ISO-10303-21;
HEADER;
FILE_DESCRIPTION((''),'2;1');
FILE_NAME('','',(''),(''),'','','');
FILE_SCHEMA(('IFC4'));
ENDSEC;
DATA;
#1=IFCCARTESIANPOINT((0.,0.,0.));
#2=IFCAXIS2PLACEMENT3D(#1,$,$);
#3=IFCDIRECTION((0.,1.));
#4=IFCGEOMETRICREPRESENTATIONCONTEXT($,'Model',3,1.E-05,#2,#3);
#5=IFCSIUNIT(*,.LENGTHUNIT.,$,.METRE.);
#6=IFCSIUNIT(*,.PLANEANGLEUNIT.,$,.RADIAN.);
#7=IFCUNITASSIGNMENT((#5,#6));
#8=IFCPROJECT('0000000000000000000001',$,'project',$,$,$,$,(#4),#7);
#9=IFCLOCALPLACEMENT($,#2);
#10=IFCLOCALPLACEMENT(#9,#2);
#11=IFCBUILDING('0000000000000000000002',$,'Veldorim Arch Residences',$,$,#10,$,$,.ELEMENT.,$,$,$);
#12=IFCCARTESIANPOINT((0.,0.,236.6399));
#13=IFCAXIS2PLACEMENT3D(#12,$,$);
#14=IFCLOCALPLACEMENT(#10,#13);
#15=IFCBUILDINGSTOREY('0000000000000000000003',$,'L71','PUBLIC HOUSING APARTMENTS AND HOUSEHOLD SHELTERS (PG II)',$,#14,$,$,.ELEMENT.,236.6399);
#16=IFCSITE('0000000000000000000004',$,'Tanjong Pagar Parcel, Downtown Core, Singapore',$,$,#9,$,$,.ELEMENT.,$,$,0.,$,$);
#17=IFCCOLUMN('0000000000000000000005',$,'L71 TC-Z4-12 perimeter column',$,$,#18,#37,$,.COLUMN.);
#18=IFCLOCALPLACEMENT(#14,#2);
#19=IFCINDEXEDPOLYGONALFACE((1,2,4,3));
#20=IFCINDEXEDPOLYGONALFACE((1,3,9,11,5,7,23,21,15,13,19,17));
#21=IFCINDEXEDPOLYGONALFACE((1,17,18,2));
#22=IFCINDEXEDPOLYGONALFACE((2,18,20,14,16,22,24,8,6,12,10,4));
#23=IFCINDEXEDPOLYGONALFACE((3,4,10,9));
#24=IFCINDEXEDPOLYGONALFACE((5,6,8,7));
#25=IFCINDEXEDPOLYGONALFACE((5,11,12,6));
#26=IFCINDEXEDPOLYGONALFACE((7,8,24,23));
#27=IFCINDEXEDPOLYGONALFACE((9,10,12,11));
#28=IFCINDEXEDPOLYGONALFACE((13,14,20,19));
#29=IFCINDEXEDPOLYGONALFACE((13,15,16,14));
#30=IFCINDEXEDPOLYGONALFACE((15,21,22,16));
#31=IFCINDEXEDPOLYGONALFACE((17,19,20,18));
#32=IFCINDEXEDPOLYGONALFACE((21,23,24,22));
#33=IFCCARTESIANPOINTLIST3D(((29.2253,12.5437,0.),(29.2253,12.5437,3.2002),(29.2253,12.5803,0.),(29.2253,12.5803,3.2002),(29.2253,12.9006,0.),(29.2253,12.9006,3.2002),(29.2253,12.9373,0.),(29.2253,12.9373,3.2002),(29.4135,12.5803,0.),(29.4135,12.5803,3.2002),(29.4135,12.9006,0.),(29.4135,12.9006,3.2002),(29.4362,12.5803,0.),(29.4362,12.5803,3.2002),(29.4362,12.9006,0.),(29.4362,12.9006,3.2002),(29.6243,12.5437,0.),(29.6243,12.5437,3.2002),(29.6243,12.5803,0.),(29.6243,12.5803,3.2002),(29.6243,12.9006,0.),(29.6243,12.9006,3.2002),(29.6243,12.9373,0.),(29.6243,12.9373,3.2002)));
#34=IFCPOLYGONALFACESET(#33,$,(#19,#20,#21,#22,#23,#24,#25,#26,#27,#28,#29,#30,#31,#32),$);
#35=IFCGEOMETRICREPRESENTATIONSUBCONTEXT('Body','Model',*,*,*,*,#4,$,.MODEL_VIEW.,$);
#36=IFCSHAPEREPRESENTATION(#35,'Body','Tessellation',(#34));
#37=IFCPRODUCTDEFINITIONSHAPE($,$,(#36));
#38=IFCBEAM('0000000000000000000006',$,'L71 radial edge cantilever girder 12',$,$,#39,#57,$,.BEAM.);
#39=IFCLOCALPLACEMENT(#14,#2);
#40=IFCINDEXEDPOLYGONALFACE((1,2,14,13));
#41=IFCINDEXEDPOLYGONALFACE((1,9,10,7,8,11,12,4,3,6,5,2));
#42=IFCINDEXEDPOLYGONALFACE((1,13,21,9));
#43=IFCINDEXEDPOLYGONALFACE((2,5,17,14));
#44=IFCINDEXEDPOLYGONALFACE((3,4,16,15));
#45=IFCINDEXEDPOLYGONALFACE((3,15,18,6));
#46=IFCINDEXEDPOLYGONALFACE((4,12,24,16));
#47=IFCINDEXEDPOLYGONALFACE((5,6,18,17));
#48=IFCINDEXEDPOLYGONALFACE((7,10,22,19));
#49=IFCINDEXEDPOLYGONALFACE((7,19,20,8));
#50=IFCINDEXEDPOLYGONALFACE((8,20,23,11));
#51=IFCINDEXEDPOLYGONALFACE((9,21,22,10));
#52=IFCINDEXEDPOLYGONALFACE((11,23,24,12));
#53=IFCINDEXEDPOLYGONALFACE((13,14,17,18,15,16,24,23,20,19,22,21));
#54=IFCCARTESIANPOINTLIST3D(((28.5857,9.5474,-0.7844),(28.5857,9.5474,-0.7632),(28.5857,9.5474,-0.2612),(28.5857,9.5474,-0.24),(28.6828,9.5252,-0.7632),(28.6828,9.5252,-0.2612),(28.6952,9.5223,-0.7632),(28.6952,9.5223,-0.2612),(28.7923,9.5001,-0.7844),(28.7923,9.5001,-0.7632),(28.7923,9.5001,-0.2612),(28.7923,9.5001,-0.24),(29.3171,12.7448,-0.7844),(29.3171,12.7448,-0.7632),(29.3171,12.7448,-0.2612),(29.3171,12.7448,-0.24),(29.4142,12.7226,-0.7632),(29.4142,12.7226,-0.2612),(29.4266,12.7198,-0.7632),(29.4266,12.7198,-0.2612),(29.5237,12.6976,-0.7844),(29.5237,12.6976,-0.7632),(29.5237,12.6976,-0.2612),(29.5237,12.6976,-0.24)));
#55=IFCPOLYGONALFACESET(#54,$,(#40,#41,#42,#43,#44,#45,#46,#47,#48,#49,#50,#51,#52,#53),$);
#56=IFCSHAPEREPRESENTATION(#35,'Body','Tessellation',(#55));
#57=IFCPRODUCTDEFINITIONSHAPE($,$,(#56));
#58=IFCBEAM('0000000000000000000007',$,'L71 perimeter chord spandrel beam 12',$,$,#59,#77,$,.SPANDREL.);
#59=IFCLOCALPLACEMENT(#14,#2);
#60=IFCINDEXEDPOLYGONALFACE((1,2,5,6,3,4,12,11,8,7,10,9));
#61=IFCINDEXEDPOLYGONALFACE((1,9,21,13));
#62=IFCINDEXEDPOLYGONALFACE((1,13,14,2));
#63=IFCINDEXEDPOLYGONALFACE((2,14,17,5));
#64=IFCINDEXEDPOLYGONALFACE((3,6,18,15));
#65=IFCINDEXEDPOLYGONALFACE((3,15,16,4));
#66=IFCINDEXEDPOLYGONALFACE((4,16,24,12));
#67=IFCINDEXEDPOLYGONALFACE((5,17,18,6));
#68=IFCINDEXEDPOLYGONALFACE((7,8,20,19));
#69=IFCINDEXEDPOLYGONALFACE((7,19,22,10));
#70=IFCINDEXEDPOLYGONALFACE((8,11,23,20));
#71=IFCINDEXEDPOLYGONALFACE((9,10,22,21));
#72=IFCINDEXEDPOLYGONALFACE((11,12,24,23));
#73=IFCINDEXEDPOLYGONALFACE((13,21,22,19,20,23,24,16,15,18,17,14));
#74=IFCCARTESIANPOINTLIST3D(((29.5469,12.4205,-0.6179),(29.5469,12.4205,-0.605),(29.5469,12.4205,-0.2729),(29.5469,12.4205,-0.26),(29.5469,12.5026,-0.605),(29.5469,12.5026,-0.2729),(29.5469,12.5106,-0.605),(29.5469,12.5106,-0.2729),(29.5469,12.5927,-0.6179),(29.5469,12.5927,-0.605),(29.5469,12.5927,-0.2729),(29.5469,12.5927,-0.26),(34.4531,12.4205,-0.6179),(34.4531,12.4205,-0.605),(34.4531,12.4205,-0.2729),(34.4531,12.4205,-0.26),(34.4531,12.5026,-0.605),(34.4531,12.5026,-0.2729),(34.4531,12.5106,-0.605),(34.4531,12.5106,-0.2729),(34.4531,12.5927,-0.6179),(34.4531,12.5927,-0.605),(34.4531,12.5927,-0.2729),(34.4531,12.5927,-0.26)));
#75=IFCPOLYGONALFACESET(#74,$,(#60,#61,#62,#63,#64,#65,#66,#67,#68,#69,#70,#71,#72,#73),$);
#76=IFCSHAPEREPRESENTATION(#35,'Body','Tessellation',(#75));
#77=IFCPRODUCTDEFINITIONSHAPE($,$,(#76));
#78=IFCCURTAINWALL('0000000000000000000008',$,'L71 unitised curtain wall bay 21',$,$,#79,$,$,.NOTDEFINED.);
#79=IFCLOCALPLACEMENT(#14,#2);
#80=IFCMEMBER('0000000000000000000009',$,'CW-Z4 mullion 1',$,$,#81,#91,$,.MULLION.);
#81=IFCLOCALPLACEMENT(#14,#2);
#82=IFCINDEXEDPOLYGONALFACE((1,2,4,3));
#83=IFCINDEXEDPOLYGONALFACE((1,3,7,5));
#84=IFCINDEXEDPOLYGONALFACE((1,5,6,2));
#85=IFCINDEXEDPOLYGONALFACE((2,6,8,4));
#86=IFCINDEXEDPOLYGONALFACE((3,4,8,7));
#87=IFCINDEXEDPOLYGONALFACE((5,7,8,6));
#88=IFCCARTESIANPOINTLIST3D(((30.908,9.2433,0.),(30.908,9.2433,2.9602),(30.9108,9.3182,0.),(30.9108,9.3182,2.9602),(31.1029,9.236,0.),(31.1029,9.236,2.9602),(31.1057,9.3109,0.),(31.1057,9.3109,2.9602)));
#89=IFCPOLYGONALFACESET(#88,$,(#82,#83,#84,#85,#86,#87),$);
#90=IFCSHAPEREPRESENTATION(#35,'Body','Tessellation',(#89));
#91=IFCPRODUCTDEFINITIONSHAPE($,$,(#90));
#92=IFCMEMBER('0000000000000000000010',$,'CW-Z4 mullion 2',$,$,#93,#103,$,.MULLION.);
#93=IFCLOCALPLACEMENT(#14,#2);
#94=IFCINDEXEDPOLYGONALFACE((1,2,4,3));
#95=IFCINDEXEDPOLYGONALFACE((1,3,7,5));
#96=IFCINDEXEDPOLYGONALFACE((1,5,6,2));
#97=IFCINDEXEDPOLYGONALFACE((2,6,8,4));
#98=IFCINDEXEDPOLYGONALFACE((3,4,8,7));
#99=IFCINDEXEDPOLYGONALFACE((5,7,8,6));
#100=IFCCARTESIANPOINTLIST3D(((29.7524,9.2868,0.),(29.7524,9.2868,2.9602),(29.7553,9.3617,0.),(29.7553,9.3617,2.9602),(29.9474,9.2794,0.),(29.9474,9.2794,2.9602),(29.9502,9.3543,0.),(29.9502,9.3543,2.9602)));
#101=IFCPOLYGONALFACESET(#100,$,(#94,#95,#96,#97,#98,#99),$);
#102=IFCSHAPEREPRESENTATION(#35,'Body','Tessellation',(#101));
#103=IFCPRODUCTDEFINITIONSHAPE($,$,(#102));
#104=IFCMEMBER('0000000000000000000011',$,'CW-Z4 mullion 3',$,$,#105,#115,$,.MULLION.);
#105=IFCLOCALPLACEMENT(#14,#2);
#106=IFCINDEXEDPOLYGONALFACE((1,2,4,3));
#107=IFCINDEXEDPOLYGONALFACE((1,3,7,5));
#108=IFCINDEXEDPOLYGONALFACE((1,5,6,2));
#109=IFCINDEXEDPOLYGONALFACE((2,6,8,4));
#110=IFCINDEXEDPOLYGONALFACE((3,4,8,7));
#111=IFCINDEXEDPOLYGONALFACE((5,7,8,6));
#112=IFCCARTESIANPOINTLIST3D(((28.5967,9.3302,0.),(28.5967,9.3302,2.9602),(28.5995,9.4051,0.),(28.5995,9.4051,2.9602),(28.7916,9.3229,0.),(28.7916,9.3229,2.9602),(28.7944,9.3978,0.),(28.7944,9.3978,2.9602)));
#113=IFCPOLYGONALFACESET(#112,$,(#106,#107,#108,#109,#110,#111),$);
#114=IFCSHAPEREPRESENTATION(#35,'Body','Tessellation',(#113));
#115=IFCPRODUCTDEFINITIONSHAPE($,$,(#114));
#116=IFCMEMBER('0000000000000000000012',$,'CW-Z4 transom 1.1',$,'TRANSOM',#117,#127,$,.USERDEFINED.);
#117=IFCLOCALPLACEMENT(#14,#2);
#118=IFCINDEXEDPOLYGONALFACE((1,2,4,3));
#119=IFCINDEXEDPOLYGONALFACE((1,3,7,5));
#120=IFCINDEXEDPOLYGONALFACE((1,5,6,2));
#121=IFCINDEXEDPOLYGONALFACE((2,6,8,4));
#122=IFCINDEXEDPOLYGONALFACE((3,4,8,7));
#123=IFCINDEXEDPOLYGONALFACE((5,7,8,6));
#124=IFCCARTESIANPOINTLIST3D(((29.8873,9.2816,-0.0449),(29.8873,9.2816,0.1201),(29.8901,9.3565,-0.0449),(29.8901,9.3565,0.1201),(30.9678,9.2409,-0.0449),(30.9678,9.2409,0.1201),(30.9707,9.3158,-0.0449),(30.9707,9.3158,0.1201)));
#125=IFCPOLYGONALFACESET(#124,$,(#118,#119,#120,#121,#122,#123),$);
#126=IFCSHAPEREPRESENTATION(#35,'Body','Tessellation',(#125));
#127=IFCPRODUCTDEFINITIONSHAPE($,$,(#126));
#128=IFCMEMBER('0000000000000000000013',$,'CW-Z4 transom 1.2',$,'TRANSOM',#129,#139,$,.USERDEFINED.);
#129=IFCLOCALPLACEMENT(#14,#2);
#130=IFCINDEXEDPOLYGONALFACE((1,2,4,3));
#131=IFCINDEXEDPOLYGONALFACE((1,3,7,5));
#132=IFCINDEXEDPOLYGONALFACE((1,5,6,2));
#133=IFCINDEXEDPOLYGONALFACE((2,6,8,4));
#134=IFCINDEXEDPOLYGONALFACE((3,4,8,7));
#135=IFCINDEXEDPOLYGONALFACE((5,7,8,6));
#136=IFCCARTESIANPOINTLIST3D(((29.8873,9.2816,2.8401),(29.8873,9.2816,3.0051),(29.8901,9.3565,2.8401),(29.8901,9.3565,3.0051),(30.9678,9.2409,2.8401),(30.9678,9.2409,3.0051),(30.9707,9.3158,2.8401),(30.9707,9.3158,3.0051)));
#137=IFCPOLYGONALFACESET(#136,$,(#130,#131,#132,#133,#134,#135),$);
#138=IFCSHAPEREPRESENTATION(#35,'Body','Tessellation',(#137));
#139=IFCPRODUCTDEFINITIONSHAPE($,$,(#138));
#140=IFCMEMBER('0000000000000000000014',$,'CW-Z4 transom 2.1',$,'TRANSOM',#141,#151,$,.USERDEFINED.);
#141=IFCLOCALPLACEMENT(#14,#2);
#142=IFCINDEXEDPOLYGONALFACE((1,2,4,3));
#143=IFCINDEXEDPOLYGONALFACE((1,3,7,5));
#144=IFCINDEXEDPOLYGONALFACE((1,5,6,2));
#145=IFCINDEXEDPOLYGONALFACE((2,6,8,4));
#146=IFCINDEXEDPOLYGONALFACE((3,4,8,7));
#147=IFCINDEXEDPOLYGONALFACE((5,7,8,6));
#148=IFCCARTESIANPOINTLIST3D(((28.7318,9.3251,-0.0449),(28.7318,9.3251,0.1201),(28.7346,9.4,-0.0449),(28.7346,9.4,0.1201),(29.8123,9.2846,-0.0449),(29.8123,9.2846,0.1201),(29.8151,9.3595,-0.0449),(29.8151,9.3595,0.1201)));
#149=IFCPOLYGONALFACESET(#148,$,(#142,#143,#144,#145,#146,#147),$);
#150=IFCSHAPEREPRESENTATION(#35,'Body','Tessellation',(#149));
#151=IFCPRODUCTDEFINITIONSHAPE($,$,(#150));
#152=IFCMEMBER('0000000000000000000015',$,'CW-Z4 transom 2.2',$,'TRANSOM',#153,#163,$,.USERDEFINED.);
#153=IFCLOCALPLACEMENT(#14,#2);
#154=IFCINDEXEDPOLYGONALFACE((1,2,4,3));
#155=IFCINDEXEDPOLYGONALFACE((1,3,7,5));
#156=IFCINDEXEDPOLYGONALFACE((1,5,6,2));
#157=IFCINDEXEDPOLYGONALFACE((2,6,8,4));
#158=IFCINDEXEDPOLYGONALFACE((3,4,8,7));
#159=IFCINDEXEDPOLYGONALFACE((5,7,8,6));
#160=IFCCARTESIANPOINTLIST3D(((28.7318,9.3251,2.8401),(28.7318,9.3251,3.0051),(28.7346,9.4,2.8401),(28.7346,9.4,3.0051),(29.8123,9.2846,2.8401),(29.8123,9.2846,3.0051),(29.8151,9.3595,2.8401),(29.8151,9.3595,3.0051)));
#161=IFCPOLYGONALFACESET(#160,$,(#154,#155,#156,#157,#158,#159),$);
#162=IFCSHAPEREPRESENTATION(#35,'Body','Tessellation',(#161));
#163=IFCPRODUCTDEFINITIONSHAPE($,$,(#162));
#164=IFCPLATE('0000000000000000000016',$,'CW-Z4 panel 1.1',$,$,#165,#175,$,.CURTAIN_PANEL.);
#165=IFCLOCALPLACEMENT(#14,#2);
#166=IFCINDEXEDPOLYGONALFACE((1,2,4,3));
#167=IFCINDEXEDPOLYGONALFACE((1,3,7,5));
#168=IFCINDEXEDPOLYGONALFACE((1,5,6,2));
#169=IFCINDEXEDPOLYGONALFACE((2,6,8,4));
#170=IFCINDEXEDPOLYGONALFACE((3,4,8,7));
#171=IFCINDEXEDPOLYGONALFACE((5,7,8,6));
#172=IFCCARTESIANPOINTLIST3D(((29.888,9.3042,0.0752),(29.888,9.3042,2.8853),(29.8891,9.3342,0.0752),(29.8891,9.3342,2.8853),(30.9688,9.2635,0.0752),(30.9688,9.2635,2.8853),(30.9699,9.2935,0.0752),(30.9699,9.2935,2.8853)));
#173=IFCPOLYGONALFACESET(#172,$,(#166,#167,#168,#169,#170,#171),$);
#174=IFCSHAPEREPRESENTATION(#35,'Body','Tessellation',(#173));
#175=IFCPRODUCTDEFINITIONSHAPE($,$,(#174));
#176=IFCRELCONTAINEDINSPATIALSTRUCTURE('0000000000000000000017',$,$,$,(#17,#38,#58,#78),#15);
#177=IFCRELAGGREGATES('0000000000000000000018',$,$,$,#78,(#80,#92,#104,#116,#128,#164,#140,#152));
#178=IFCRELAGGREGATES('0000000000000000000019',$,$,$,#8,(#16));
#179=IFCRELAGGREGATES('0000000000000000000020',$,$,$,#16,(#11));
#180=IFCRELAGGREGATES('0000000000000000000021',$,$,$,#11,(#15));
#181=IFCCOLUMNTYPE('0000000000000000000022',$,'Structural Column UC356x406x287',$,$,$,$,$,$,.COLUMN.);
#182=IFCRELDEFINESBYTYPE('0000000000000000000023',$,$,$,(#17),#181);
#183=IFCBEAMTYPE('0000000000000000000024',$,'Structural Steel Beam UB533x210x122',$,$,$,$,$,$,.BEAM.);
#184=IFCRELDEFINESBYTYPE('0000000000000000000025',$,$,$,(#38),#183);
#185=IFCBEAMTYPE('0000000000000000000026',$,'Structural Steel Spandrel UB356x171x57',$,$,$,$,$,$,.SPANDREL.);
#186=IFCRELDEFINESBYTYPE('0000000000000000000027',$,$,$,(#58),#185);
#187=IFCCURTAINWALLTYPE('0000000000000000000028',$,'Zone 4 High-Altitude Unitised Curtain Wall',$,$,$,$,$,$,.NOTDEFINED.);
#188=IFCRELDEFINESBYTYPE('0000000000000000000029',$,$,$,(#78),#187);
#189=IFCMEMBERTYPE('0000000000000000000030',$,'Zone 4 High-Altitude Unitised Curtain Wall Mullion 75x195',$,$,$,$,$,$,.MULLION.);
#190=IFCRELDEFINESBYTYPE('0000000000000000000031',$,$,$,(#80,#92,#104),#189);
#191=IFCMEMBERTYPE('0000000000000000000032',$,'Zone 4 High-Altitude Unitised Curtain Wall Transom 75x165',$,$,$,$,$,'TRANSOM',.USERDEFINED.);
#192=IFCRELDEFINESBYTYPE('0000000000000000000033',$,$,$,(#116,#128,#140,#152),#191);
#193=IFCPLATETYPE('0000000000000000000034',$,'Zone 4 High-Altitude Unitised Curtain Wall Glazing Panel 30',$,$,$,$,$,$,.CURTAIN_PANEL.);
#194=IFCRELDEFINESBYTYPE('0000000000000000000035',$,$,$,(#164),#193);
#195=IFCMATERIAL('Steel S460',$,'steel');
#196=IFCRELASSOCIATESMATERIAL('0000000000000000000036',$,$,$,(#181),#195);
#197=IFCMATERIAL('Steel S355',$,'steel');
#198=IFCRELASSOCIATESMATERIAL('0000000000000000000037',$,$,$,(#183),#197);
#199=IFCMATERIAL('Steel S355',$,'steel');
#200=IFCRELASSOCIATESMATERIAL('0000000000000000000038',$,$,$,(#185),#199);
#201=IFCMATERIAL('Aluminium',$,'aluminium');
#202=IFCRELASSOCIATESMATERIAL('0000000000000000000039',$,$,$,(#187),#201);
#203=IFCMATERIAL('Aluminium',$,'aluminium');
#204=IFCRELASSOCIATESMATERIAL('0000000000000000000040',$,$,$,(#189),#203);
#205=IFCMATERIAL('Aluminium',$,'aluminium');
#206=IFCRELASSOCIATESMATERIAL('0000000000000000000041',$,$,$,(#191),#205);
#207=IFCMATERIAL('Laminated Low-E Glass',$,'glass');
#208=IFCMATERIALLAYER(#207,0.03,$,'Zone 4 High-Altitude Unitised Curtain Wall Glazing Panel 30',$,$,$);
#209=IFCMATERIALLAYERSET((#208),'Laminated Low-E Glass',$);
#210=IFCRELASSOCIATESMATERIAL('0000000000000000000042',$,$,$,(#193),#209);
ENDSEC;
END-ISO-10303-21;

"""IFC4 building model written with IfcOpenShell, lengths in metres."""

from ifc_helpers import new_model, si_unit, direction, frame, origin, origin_2d, place, context, subcontext, project, spatial, rectangle, i_section, extrude, material, layer, layer_set, material_profile, profile_set, type_object, element, aggregate, save


model = new_model("IFC4")

# Units and contexts
model_context = context("Model", 3, precision=1e-05, world=origin(), true_north=direction((0.0, 1.0)))
body_context = subcontext(model_context, "Body", "Model", "MODEL_VIEW")
ifc_project = project(units=[si_unit("LENGTHUNIT", "METRE"), si_unit("PLANEANGLEUNIT", "RADIAN")], contexts=[model_context])

# Site, building, storey
site_placement = place(None, origin())
site = spatial("IfcSite", under=ifc_project, at=site_placement, Name="Tanjong Pagar Parcel, Downtown Core, Singapore", CompositionType="ELEMENT", RefElevation=0.0)
building_placement = place(site_placement, origin())
building = spatial("IfcBuilding", under=site, at=building_placement, Name="Veldorim Arch Residences", CompositionType="ELEMENT")
storey_placement = place(building_placement, frame((0.0, 0.0, 236.6399)))
storey = spatial("IfcBuildingStorey", under=building, at=storey_placement, Name="L71", Description="PUBLIC HOUSING APARTMENTS AND HOUSEHOLD SHELTERS (PG II)", CompositionType="ELEMENT", Elevation=236.6399)

# Column
ifc_material_1 = material(Name="Steel S460", Category="steel")
ifc_material_profile_1 = material_profile(ifc_material_1, i_section(OverallWidth=0.3989, OverallDepth=0.3936, WebThickness=0.0227, FlangeThickness=0.0366, at=origin_2d()), Name="UC356x406x287")
ifc_profile_set_1 = profile_set([ifc_material_profile_1], Name="Steel S460")
column_type = type_object("IfcColumnType", Name="Structural Column UC356x406x287", PredefinedType="COLUMN", material=ifc_profile_set_1)
column_placement = place(storey_placement, frame((29.4248, 12.7405, 0.0), z_axis=(0.0, 0.0, 1.0), x_axis=(1.0, 0.0, 0.0)))
element("IfcColumn", 1, at=column_placement, inside=storey, type_object=column_type, Name="L71 TC-Z4-12 perimeter column", PredefinedType="COLUMN", context=body_context, shape_type="SweptSolid", body=[
    extrude(i_section(OverallWidth=0.3989, OverallDepth=0.3936, WebThickness=0.0227, FlangeThickness=0.0366, at=origin_2d()), origin(), (0.0, 0.0, 1.0), 3.2002),
])

# Beams
ifc_material_2 = material(Name="Steel S355", Category="steel")
ifc_material_profile_2 = material_profile(ifc_material_2, i_section(OverallWidth=0.2119, OverallDepth=0.5444, WebThickness=0.0127, FlangeThickness=0.0212, at=origin_2d()), Name="UB533x210x122")
ifc_profile_set_2 = profile_set([ifc_material_profile_2], Name="Steel S355")
beam_type_1 = type_object("IfcBeamType", Name="Structural Steel Beam UB533x210x122", PredefinedType="BEAM", material=ifc_profile_set_2)
beam_1_placement = place(storey_placement, frame((29.4204, 12.7212, -0.5122), z_axis=(-0.222995, -0.97482, 0.0), x_axis=(0.97482, -0.222995, 0.0)))
element("IfcBeam", 2, at=beam_1_placement, inside=storey, type_object=beam_type_1, Name="L71 radial edge cantilever girder 12", PredefinedType="BEAM", context=body_context, shape_type="SweptSolid", body=[
    extrude(i_section(OverallWidth=0.2119, OverallDepth=0.5444, WebThickness=0.0127, FlangeThickness=0.0212, at=origin_2d()), origin(), (0.0, 0.0, 1.0), 3.28),
])
ifc_material_3 = material(Name="Steel S355", Category="steel")
ifc_material_profile_3 = material_profile(ifc_material_3, i_section(OverallWidth=0.1721, OverallDepth=0.3579, WebThickness=0.0081, FlangeThickness=0.0129, at=origin_2d()), Name="UB356x171x57")
ifc_profile_set_3 = profile_set([ifc_material_profile_3], Name="Steel S355")
beam_type_2 = type_object("IfcBeamType", Name="Structural Steel Spandrel UB356x171x57", PredefinedType="SPANDREL", material=ifc_profile_set_3)
beam_2_placement = place(storey_placement, frame((29.5469, 12.5066, -0.439), z_axis=(1.0, 0.0, 0.0), x_axis=(0.0, 1.0, 0.0)))
element("IfcBeam", 3, at=beam_2_placement, inside=storey, type_object=beam_type_2, Name="L71 perimeter chord spandrel beam 12", PredefinedType="SPANDREL", context=body_context, shape_type="SweptSolid", body=[
    extrude(i_section(OverallWidth=0.1721, OverallDepth=0.3579, WebThickness=0.0081, FlangeThickness=0.0129, at=origin_2d()), origin(), (0.0, 0.0, 1.0), 4.9062),
])

# Curtain wall, members, plate
ifc_material_4 = material(Name="Aluminium", Category="aluminium")
curtain_wall_type = type_object("IfcCurtainWallType", Name="Zone 4 High-Altitude Unitised Curtain Wall", PredefinedType="NOTDEFINED", material=ifc_material_4)
curtain_wall_placement = place(storey_placement, origin())
curtain_wall = element("IfcCurtainWall", 4, at=curtain_wall_placement, inside=storey, type_object=curtain_wall_type, Name="L71 unitised curtain wall bay 21", PredefinedType="NOTDEFINED")
ifc_material_5 = material(Name="Aluminium", Category="aluminium")
ifc_material_profile_4 = material_profile(ifc_material_5, rectangle(XDim=0.075, YDim=0.1951, at=origin_2d()), Name="ALU_MUL_75x195")
ifc_profile_set_4 = profile_set([ifc_material_profile_4], Name="Aluminium")
member_type_1 = type_object("IfcMemberType", Name="Zone 4 High-Altitude Unitised Curtain Wall Mullion 75x195", PredefinedType="MULLION", material=ifc_profile_set_4)
member_1_placement = place(storey_placement, frame((31.0068, 9.2771, 0.0), z_axis=(0.0, 0.0, 1.0), x_axis=(-0.037606, -0.999293, 0.0)))
member_1 = element("IfcMember", 5, at=member_1_placement, type_object=member_type_1, Name="CW-Z4 mullion 1", PredefinedType="MULLION", context=body_context, shape_type="SweptSolid", body=[
    extrude(rectangle(XDim=0.075, YDim=0.1951, at=origin_2d()), origin(), (0.0, 0.0, 1.0), 2.9602),
])
member_2_placement = place(storey_placement, frame((29.8513, 9.3206, 0.0), z_axis=(0.0, 0.0, 1.0), x_axis=(-0.037606, -0.999293, 0.0)))
member_2 = element("IfcMember", 6, at=member_2_placement, type_object=member_type_1, Name="CW-Z4 mullion 2", PredefinedType="MULLION", context=body_context, shape_type="SweptSolid", body=[
    extrude(rectangle(XDim=0.075, YDim=0.1951, at=origin_2d()), origin(), (0.0, 0.0, 1.0), 2.9602),
])
member_3_placement = place(storey_placement, frame((28.6956, 9.364, 0.0), z_axis=(0.0, 0.0, 1.0), x_axis=(-0.037606, -0.999293, 0.0)))
member_3 = element("IfcMember", 7, at=member_3_placement, type_object=member_type_1, Name="CW-Z4 mullion 3", PredefinedType="MULLION", context=body_context, shape_type="SweptSolid", body=[
    extrude(rectangle(XDim=0.075, YDim=0.1951, at=origin_2d()), origin(), (0.0, 0.0, 1.0), 2.9602),
])
ifc_material_6 = material(Name="Aluminium", Category="aluminium")
ifc_material_profile_5 = material_profile(ifc_material_6, rectangle(XDim=0.075, YDim=0.165, at=origin_2d()), Name="ALU_TRN_75x165")
ifc_profile_set_5 = profile_set([ifc_material_profile_5], Name="Aluminium")
member_type_2 = type_object("IfcMemberType", Name="Zone 4 High-Altitude Unitised Curtain Wall Transom 75x165", ElementType="TRANSOM", PredefinedType="USERDEFINED", material=ifc_profile_set_5)
member_4_placement = place(storey_placement, frame((30.9692, 9.2783, 0.0376), z_axis=(-0.999289, 0.037705, 0.0), x_axis=(-0.037705, -0.999289, 0.0)))
member_4 = element("IfcMember", 8, at=member_4_placement, type_object=member_type_2, Name="CW-Z4 transom 1.1", ObjectType="TRANSOM", PredefinedType="USERDEFINED", context=body_context, shape_type="SweptSolid", body=[
    extrude(rectangle(XDim=0.075, YDim=0.165, at=origin_2d()), origin(), (0.0, 0.0, 1.0), 1.0813),
])
member_5_placement = place(storey_placement, frame((30.9692, 9.2783, 2.9226), z_axis=(-0.999289, 0.037705, 0.0), x_axis=(-0.037705, -0.999289, 0.0)))
member_5 = element("IfcMember", 9, at=member_5_placement, type_object=member_type_2, Name="CW-Z4 transom 1.2", ObjectType="TRANSOM", PredefinedType="USERDEFINED", context=body_context, shape_type="SweptSolid", body=[
    extrude(rectangle(XDim=0.075, YDim=0.165, at=origin_2d()), origin(), (0.0, 0.0, 1.0), 1.0813),
])
member_6_placement = place(storey_placement, frame((29.8137, 9.322, 0.0376), z_axis=(-0.999297, 0.037479, 0.0), x_axis=(-0.037479, -0.999297, 0.0)))
member_6 = element("IfcMember", 10, at=member_6_placement, type_object=member_type_2, Name="CW-Z4 transom 2.1", ObjectType="TRANSOM", PredefinedType="USERDEFINED", context=body_context, shape_type="SweptSolid", body=[
    extrude(rectangle(XDim=0.075, YDim=0.165, at=origin_2d()), origin(), (0.0, 0.0, 1.0), 1.0813),
])
member_7_placement = place(storey_placement, frame((29.8137, 9.322, 2.9226), z_axis=(-0.999297, 0.037479, 0.0), x_axis=(-0.037479, -0.999297, 0.0)))
member_7 = element("IfcMember", 11, at=member_7_placement, type_object=member_type_2, Name="CW-Z4 transom 2.2", ObjectType="TRANSOM", PredefinedType="USERDEFINED", context=body_context, shape_type="SweptSolid", body=[
    extrude(rectangle(XDim=0.075, YDim=0.165, at=origin_2d()), origin(), (0.0, 0.0, 1.0), 1.0813),
])
ifc_material_7 = material(Name="Laminated Low-E Glass", Category="glass")
ifc_layer_1 = layer(ifc_material_7, 0.03, Name="Zone 4 High-Altitude Unitised Curtain Wall Glazing Panel 30")
ifc_layer_set_1 = layer_set([ifc_layer_1], Name="Laminated Low-E Glass")
plate_type = type_object("IfcPlateType", Name="Zone 4 High-Altitude Unitised Curtain Wall Glazing Panel 30", PredefinedType="CURTAIN_PANEL", material=ifc_layer_set_1)
plate_1_placement = place(storey_placement, frame((30.429, 9.2988, 0.0752), z_axis=(0.0, 0.0, 1.0), x_axis=(-0.999293, 0.037606, 0.0)))
plate_1 = element("IfcPlate", 12, at=plate_1_placement, type_object=plate_type, Name="CW-Z4 panel 1.1", PredefinedType="CURTAIN_PANEL", context=body_context, shape_type="SweptSolid", body=[
    extrude(rectangle(XDim=1.0815, YDim=0.03, at=origin_2d()), origin(), (0.0, 0.0, 1.0), 2.8101),
])
aggregate(curtain_wall, [member_1, member_2, member_3, member_4, member_5, plate_1, member_6, member_7])

save(model, "model.ifc")
